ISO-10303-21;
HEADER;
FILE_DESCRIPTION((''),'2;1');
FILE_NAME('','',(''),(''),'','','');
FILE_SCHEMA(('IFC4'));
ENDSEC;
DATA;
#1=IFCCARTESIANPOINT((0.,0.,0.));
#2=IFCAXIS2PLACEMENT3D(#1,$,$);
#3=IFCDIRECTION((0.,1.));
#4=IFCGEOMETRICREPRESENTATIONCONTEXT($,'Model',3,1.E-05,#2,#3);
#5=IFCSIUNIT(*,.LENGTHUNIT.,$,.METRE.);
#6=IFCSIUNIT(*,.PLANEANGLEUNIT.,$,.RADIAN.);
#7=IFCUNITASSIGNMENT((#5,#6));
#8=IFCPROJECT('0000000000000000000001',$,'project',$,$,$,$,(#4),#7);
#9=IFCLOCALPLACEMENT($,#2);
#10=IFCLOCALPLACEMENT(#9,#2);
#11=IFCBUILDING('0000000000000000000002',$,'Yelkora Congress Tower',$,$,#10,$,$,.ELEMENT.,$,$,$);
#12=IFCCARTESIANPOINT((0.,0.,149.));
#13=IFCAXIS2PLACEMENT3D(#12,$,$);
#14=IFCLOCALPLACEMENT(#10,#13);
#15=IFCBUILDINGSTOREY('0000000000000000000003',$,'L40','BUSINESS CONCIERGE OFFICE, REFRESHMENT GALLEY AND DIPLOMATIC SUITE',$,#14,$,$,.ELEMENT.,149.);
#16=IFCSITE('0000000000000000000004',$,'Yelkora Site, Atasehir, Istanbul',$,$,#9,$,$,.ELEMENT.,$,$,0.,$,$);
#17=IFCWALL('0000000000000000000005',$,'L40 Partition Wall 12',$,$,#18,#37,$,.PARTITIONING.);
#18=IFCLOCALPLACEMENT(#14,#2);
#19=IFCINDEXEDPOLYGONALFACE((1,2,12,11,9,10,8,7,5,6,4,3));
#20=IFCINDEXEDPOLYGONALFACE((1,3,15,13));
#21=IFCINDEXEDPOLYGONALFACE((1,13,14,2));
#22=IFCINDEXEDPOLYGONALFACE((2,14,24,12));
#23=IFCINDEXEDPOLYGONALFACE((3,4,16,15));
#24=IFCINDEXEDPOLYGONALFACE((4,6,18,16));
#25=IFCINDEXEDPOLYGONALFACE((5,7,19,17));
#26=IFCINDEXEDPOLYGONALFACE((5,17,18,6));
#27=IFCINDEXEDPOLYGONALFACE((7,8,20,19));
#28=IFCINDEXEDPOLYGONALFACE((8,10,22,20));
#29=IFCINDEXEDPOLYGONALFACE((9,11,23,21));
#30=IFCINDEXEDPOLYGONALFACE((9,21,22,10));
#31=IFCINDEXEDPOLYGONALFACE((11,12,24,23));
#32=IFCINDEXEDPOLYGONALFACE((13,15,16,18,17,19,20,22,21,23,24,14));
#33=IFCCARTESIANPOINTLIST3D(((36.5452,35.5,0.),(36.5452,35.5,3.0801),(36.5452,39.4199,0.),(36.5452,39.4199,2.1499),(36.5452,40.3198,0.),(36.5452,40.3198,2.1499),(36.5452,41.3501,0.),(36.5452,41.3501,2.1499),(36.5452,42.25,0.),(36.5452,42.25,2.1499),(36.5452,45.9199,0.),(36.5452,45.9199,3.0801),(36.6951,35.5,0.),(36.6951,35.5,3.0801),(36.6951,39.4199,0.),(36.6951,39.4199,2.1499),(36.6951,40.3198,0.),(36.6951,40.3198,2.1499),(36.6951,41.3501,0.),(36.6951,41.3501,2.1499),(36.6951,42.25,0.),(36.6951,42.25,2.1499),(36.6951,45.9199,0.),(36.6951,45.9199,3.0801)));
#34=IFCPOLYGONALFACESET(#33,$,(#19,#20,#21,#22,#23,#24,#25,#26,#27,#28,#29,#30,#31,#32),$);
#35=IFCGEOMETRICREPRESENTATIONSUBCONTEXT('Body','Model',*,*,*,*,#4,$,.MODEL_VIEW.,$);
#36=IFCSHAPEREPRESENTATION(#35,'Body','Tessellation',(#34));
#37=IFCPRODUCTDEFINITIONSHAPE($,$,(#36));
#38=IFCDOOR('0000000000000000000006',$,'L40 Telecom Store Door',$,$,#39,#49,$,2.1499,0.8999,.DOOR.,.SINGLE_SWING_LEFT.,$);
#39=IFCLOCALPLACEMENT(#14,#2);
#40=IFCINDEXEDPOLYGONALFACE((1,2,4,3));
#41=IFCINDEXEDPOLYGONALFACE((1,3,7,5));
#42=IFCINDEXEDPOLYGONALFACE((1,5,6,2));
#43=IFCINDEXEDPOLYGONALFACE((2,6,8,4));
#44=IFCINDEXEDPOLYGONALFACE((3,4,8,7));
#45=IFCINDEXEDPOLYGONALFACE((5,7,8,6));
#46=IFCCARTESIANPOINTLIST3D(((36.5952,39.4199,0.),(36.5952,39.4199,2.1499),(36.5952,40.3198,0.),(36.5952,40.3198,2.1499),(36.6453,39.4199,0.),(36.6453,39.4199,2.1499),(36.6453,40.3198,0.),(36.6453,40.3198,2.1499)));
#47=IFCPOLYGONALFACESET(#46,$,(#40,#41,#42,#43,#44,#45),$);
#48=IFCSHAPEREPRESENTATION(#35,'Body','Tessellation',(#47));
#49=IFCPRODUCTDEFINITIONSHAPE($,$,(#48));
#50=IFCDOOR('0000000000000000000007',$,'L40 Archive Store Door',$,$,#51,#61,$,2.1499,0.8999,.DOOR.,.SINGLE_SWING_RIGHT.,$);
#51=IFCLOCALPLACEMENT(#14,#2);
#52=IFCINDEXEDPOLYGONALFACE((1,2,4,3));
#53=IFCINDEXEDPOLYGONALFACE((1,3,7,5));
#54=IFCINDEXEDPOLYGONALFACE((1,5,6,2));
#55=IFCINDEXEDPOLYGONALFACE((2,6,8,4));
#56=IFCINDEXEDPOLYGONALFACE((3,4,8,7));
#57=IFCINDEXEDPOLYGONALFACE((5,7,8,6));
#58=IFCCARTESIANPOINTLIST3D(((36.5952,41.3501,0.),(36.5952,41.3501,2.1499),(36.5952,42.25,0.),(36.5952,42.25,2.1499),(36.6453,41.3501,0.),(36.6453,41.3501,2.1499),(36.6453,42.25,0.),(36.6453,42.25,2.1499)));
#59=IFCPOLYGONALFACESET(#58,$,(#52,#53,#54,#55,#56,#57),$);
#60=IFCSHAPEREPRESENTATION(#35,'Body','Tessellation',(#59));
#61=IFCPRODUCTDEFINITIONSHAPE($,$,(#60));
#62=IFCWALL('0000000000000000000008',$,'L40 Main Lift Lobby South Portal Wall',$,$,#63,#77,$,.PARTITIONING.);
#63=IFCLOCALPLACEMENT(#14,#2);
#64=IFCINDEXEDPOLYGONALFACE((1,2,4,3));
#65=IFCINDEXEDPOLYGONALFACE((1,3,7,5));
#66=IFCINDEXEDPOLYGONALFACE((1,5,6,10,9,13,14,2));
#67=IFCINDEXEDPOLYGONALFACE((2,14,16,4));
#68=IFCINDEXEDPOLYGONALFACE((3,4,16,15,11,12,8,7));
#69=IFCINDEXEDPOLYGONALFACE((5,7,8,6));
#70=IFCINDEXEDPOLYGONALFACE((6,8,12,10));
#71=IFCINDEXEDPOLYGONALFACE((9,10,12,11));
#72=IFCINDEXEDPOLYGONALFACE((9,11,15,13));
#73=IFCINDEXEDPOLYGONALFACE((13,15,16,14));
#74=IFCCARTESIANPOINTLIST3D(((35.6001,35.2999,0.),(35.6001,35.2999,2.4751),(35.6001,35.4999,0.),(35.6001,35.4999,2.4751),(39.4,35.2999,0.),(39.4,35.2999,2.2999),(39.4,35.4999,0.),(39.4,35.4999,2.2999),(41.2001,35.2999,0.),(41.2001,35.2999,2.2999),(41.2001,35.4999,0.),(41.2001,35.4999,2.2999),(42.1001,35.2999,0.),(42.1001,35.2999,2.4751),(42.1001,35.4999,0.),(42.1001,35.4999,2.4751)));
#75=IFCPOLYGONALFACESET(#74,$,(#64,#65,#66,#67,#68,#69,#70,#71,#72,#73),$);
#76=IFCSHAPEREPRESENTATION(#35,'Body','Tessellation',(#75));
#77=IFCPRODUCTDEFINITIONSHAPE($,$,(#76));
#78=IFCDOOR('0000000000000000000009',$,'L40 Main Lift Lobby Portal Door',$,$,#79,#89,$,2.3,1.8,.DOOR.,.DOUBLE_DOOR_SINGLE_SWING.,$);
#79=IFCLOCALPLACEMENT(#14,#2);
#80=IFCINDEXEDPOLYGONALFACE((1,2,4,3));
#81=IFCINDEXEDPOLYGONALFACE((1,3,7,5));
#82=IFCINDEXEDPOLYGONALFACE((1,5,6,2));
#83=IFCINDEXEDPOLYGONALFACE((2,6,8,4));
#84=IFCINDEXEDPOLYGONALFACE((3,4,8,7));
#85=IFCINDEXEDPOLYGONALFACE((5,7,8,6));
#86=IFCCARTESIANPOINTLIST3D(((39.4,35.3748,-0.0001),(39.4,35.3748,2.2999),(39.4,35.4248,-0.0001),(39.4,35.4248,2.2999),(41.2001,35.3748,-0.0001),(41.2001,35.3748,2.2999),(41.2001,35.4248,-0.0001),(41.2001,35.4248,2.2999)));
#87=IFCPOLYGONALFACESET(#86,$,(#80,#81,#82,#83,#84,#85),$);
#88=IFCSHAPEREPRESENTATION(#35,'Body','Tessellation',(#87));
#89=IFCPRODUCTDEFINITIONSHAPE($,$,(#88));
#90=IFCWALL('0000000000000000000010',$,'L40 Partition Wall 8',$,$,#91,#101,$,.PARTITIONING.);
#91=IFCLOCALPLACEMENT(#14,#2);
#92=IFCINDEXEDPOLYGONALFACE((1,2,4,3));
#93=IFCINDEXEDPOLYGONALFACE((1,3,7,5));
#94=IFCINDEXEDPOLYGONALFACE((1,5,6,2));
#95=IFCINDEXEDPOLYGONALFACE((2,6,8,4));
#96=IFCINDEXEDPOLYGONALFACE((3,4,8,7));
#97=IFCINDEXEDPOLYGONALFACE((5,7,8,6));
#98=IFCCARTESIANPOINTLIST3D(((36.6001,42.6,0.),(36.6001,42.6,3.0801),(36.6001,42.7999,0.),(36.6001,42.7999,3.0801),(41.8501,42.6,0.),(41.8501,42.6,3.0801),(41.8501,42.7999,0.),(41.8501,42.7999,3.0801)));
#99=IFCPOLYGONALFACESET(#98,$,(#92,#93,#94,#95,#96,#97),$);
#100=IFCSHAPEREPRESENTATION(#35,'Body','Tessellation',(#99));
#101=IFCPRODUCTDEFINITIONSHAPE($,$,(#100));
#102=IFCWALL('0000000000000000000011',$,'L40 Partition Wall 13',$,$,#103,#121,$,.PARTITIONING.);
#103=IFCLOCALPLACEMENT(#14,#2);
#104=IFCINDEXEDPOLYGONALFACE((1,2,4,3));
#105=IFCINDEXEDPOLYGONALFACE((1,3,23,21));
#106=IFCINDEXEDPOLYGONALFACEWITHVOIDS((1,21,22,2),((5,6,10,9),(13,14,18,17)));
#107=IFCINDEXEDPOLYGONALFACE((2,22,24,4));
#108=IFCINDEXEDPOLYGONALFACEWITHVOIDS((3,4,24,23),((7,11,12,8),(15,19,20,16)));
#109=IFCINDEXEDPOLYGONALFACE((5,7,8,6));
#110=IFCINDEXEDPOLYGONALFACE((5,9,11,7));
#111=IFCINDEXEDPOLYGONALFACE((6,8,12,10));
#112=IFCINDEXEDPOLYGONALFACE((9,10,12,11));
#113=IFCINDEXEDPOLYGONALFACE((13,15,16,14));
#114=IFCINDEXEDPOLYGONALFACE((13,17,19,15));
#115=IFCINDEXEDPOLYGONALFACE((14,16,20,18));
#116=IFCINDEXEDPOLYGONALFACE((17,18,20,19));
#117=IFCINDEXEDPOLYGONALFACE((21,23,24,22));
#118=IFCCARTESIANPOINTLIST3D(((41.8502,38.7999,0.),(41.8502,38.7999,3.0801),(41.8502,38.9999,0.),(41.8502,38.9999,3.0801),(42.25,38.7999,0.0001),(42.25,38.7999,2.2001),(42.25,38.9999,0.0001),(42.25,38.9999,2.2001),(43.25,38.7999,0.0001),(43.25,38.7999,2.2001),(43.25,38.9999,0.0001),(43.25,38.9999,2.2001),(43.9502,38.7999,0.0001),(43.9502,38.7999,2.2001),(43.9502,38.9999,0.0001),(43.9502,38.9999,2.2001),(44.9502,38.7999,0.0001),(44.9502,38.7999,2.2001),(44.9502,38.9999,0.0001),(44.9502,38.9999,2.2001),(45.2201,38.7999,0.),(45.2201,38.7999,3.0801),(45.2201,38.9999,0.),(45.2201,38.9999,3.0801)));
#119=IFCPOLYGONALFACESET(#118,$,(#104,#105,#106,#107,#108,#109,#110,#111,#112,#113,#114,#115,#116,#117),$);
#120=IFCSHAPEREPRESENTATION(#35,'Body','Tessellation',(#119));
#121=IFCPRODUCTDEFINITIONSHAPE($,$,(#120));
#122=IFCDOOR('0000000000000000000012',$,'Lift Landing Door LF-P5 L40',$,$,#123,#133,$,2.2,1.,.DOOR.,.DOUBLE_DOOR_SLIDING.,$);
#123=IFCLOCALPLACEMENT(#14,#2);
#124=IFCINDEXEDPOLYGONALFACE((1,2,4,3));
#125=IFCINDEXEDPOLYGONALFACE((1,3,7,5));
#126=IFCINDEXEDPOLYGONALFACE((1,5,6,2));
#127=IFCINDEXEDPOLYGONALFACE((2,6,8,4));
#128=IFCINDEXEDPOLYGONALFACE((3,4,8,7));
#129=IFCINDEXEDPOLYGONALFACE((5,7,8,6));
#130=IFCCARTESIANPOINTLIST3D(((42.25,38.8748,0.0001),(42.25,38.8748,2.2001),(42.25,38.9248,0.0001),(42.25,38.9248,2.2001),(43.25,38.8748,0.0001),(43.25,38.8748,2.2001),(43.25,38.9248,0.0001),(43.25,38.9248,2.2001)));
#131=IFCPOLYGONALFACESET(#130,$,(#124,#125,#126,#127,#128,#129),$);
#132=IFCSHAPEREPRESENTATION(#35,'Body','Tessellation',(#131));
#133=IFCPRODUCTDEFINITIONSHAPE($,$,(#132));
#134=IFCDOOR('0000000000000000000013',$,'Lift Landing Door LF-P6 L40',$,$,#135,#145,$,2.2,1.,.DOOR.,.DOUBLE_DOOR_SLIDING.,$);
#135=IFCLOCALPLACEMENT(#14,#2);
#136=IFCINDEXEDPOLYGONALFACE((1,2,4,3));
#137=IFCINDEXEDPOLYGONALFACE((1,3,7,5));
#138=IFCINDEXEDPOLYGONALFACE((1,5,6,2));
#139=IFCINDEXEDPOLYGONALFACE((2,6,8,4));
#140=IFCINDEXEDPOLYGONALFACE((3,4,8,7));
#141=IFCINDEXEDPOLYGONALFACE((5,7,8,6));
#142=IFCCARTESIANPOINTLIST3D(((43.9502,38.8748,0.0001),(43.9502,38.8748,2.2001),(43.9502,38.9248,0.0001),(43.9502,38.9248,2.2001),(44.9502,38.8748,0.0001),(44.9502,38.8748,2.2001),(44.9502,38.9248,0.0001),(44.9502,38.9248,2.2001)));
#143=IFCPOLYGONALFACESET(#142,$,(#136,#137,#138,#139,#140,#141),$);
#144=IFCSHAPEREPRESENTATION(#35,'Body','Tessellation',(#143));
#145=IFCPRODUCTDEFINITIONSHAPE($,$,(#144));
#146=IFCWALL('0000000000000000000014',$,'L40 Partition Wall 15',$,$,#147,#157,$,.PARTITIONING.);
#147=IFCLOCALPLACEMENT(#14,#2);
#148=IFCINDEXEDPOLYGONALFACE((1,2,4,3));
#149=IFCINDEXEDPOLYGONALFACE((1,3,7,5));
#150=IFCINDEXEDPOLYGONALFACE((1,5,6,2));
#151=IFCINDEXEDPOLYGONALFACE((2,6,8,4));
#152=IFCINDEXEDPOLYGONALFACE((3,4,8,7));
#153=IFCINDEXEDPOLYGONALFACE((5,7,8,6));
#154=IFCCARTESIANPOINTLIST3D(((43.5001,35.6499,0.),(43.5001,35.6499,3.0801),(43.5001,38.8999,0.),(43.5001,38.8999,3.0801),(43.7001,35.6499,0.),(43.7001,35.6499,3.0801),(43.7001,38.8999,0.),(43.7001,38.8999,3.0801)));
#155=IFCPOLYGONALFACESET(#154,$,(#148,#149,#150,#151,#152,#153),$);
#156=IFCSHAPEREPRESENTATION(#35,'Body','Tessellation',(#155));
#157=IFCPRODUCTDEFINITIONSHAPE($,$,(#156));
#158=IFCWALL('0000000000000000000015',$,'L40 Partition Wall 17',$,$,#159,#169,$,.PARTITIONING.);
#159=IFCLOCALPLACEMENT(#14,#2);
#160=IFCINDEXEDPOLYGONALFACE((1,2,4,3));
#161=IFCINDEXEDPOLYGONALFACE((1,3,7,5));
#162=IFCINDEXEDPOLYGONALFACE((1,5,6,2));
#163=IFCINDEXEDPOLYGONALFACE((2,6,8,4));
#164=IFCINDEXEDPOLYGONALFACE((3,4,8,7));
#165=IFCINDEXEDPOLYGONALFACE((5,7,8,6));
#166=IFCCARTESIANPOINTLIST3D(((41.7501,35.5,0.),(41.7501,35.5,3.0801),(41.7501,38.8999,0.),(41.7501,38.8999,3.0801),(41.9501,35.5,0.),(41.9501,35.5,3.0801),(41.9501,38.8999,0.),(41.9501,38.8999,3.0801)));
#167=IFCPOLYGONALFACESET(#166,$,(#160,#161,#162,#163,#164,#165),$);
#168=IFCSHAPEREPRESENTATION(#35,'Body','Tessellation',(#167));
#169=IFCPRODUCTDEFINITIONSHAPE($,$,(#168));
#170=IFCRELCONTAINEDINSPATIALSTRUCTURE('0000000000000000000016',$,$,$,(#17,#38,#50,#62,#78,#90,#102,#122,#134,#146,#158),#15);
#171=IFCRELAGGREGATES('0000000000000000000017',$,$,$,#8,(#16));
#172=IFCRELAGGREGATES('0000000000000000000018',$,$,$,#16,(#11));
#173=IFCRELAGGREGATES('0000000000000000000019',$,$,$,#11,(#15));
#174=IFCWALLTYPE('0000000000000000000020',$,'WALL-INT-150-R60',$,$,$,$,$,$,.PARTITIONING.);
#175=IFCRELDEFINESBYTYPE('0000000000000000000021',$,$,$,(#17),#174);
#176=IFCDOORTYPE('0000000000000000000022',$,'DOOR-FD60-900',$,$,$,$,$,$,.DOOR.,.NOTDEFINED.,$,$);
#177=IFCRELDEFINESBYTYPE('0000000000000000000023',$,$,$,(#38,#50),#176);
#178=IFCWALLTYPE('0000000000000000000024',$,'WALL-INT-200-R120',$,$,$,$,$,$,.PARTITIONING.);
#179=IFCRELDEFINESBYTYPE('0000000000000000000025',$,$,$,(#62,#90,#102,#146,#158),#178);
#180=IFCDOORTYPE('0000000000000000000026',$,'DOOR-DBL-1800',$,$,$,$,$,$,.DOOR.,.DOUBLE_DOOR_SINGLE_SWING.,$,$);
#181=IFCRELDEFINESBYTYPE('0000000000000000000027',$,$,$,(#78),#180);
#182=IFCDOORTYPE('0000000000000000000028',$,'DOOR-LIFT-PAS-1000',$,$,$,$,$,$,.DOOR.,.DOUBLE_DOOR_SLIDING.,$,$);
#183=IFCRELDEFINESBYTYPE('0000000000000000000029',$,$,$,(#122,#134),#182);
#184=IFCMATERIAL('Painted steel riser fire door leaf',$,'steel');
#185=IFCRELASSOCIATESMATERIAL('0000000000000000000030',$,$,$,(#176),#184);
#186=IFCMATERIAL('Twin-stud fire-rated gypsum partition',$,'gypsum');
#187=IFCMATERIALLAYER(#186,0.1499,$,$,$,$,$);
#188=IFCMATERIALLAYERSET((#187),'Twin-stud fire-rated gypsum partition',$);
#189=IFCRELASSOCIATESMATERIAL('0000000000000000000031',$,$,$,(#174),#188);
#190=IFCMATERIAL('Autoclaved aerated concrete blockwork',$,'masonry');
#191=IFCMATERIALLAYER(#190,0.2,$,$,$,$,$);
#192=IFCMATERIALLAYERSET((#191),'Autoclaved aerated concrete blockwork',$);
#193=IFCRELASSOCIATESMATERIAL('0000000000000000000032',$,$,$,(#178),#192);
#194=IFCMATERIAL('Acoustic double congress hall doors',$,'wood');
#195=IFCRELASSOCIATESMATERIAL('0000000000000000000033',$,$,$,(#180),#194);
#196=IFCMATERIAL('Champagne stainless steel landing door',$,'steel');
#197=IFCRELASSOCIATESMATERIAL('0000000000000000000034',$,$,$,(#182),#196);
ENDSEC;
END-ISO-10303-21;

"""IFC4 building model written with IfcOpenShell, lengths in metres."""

from ifc_helpers import new_model, si_unit, direction, frame, frame_2d, origin, place, context, subcontext, project, spatial, rectangle, extrude, material, layer, layer_set, type_object, element, fill, save


model = new_model("IFC4")

# Units and contexts
model_context = context("Model", 3, precision=1e-05, world=origin(), true_north=direction((0.0, 1.0)))
body_context = subcontext(model_context, "Body", "Model", "MODEL_VIEW")
ifc_project = project(units=[si_unit("LENGTHUNIT", "METRE"), si_unit("PLANEANGLEUNIT", "RADIAN")], contexts=[model_context])

# Site, building, storey
site_placement = place(None, origin())
site = spatial("IfcSite", under=ifc_project, at=site_placement, Name="Yelkora Site, Atasehir, Istanbul", CompositionType="ELEMENT", RefElevation=0.0)
building_placement = place(site_placement, origin())
building = spatial("IfcBuilding", under=site, at=building_placement, Name="Yelkora Congress Tower", CompositionType="ELEMENT")
storey_placement = place(building_placement, frame((0.0, 0.0, 149.0)))
storey = spatial("IfcBuildingStorey", under=building, at=storey_placement, Name="L40", Description="BUSINESS CONCIERGE OFFICE, REFRESHMENT GALLEY AND DIPLOMATIC SUITE", CompositionType="ELEMENT", Elevation=149.0)

# Shared definitions
ifc_material_1 = material(Name="Painted steel riser fire door leaf", Category="steel")
door_type_1 = type_object("IfcDoorType", Name="DOOR-FD60-900", OperationType="NOTDEFINED", PredefinedType="DOOR", material=ifc_material_1)

# Shared definitions
ifc_material_2 = material(Name="Twin-stud fire-rated gypsum partition", Category="gypsum")
ifc_layer_1 = layer(ifc_material_2, 0.1499)
ifc_layer_set_1 = layer_set([ifc_layer_1], Name="Twin-stud fire-rated gypsum partition")
wall_type_1 = type_object("IfcWallType", Name="WALL-INT-150-R60", PredefinedType="PARTITIONING", material=ifc_layer_set_1)

# Wall, openings, doors
wall_1_placement = place(storey_placement, frame((36.6201, 35.5, 0.0), z_axis=(0.0, 0.0, 1.0), x_axis=(0.0, 1.0, 0.0)))
wall_1 = element("IfcWall", 1, at=wall_1_placement, inside=storey, type_object=wall_type_1, Name="L40 Partition Wall 12", PredefinedType="PARTITIONING", context=body_context, shape_type="SweptSolid", body=[
    extrude(rectangle(XDim=10.4199, YDim=0.1499, at=frame_2d((5.21, 0.0))), origin(), (0.0, 0.0, 1.0), 3.0801),
])
opening_1_placement = place(wall_1_placement, frame((3.9199, 0.0, 0.0)))
opening_1 = element("IfcOpeningElement", 2, at=opening_1_placement, cuts=wall_1, PredefinedType="OPENING", context=body_context, shape_type="SweptSolid", body=[
    extrude(rectangle(XDim=0.8999, YDim=2.1499, at=frame_2d((0.45, 1.075))), frame((0.0, 0.085, 0.0), z_axis=(0.0, -1.0, 0.0), x_axis=(1.0, 0.0, 0.0)), (0.0, 0.0, 1.0), 0.1699),
])
opening_2_placement = place(wall_1_placement, frame((5.8501, 0.0, 0.0)))
opening_2 = element("IfcOpeningElement", 3, at=opening_2_placement, cuts=wall_1, PredefinedType="OPENING", context=body_context, shape_type="SweptSolid", body=[
    extrude(rectangle(XDim=0.8999, YDim=2.1499, at=frame_2d((0.45, 1.075))), frame((0.0, 0.085, 0.0), z_axis=(0.0, -1.0, 0.0), x_axis=(1.0, 0.0, 0.0)), (0.0, 0.0, 1.0), 0.1699),
])
door_1_placement = place(opening_1_placement, origin())
door_1 = element("IfcDoor", 4, at=door_1_placement, inside=storey, type_object=door_type_1, Name="L40 Telecom Store Door", OperationType="SINGLE_SWING_LEFT", OverallHeight=2.1499, OverallWidth=0.8999, PredefinedType="DOOR", context=body_context, shape_type="SweptSolid", body=[
    extrude(rectangle(XDim=0.8999, YDim=2.1499, at=frame_2d((0.45, 1.075))), frame((0.0, 0.0249, 0.0), z_axis=(0.0, -1.0, 0.0), x_axis=(1.0, 0.0, 0.0)), (0.0, 0.0, 1.0), 0.05),
])
fill(opening_1, door_1)
door_2_placement = place(opening_2_placement, origin())
door_2 = element("IfcDoor", 5, at=door_2_placement, inside=storey, type_object=door_type_1, Name="L40 Archive Store Door", OperationType="SINGLE_SWING_RIGHT", OverallHeight=2.1499, OverallWidth=0.8999, PredefinedType="DOOR", context=body_context, shape_type="SweptSolid", body=[
    extrude(rectangle(XDim=0.8999, YDim=2.1499, at=frame_2d((0.45, 1.075))), frame((0.0, 0.0249, 0.0), z_axis=(0.0, -1.0, 0.0), x_axis=(1.0, 0.0, 0.0)), (0.0, 0.0, 1.0), 0.05),
])
fill(opening_2, door_2)

# Wall, opening, door
ifc_material_3 = material(Name="Autoclaved aerated concrete blockwork", Category="masonry")
ifc_layer_2 = layer(ifc_material_3, 0.2)
ifc_layer_set_2 = layer_set([ifc_layer_2], Name="Autoclaved aerated concrete blockwork")
wall_type_2 = type_object("IfcWallType", Name="WALL-INT-200-R120", PredefinedType="PARTITIONING", material=ifc_layer_set_2)
wall_2_placement = place(storey_placement, frame((35.6001, 35.3999, 0.0), z_axis=(0.0, 0.0, 1.0), x_axis=(1.0, 0.0, 0.0)))
wall_2 = element("IfcWall", 6, at=wall_2_placement, inside=storey, type_object=wall_type_2, Name="L40 Main Lift Lobby South Portal Wall", PredefinedType="PARTITIONING", context=body_context, shape_type="SweptSolid", body=[
    extrude(rectangle(XDim=6.5, YDim=0.2, at=frame_2d((3.25, 0.0))), origin(), (0.0, 0.0, 1.0), 2.4751),
])
opening_3_placement = place(wall_2_placement, frame((3.8, 0.0, 0.0)))
opening_3 = element("IfcOpeningElement", 7, at=opening_3_placement, cuts=wall_2, PredefinedType="OPENING", context=body_context, shape_type="SweptSolid", body=[
    extrude(rectangle(XDim=1.8, YDim=2.3, at=frame_2d((0.8999, 1.1499))), frame((0.0, 0.1099, 0.0), z_axis=(0.0, -1.0, 0.0), x_axis=(1.0, 0.0, 0.0)), (0.0, 0.0, 1.0), 0.22),
])
ifc_material_4 = material(Name="Acoustic double congress hall doors", Category="wood")
door_type_2 = type_object("IfcDoorType", Name="DOOR-DBL-1800", OperationType="DOUBLE_DOOR_SINGLE_SWING", PredefinedType="DOOR", material=ifc_material_4)
door_3_placement = place(opening_3_placement, origin())
door_3 = element("IfcDoor", 8, at=door_3_placement, inside=storey, type_object=door_type_2, Name="L40 Main Lift Lobby Portal Door", OperationType="DOUBLE_DOOR_SINGLE_SWING", OverallHeight=2.3, OverallWidth=1.8, PredefinedType="DOOR", context=body_context, shape_type="SweptSolid", body=[
    extrude(rectangle(XDim=1.8, YDim=2.3, at=frame_2d((0.8999, 1.1499))), frame((0.0, 0.0249, 0.0), z_axis=(0.0, -1.0, 0.0), x_axis=(1.0, 0.0, 0.0)), (0.0, 0.0, 1.0), 0.05),
])
fill(opening_3, door_3)

# Wall
wall_3_placement = place(storey_placement, frame((36.6001, 42.7, 0.0), z_axis=(0.0, 0.0, 1.0), x_axis=(1.0, 0.0, 0.0)))
element("IfcWall", 9, at=wall_3_placement, inside=storey, type_object=wall_type_2, Name="L40 Partition Wall 8", PredefinedType="PARTITIONING", context=body_context, shape_type="SweptSolid", body=[
    extrude(rectangle(XDim=5.25, YDim=0.2, at=frame_2d((2.625, 0.0))), origin(), (0.0, 0.0, 1.0), 3.0801),
])

# Wall, openings, doors
wall_4_placement = place(storey_placement, frame((41.8501, 38.8999, 0.0), z_axis=(0.0, 0.0, 1.0), x_axis=(1.0, 0.0, 0.0)))
wall_4 = element("IfcWall", 10, at=wall_4_placement, inside=storey, type_object=wall_type_2, Name="L40 Partition Wall 13", PredefinedType="PARTITIONING", context=body_context, shape_type="SweptSolid", body=[
    extrude(rectangle(XDim=3.3699, YDim=0.2, at=frame_2d((1.6851, 0.0))), origin(), (0.0, 0.0, 1.0), 3.0801),
])
opening_4_placement = place(wall_4_placement, frame((0.3999, 0.0, 0.0)))
opening_4 = element("IfcOpeningElement", 11, at=opening_4_placement, cuts=wall_4, PredefinedType="OPENING", context=body_context, shape_type="SweptSolid", body=[
    extrude(rectangle(XDim=1.0, YDim=2.2, at=frame_2d((0.5, 1.1001))), frame((0.0, 0.1099, 0.0), z_axis=(0.0, -1.0, 0.0), x_axis=(1.0, 0.0, 0.0)), (0.0, 0.0, 1.0), 0.22),
])
opening_5_placement = place(wall_4_placement, frame((2.1001, 0.0, 0.0)))
opening_5 = element("IfcOpeningElement", 12, at=opening_5_placement, cuts=wall_4, PredefinedType="OPENING", context=body_context, shape_type="SweptSolid", body=[
    extrude(rectangle(XDim=1.0, YDim=2.2, at=frame_2d((0.5, 1.1001))), frame((0.0, 0.1099, 0.0), z_axis=(0.0, -1.0, 0.0), x_axis=(1.0, 0.0, 0.0)), (0.0, 0.0, 1.0), 0.22),
])
ifc_material_5 = material(Name="Champagne stainless steel landing door", Category="steel")
door_type_3 = type_object("IfcDoorType", Name="DOOR-LIFT-PAS-1000", OperationType="DOUBLE_DOOR_SLIDING", PredefinedType="DOOR", material=ifc_material_5)
door_4_placement = place(opening_4_placement, origin())
door_4 = element("IfcDoor", 13, at=door_4_placement, inside=storey, type_object=door_type_3, Name="Lift Landing Door LF-P5 L40", OperationType="DOUBLE_DOOR_SLIDING", OverallHeight=2.2, OverallWidth=1.0, PredefinedType="DOOR", context=body_context, shape_type="SweptSolid", body=[
    extrude(rectangle(XDim=1.0, YDim=2.2, at=frame_2d((0.5, 1.1001))), frame((0.0, 0.0249, 0.0), z_axis=(0.0, -1.0, 0.0), x_axis=(1.0, 0.0, 0.0)), (0.0, 0.0, 1.0), 0.05),
])
fill(opening_4, door_4)
door_5_placement = place(opening_5_placement, origin())
door_5 = element("IfcDoor", 14, at=door_5_placement, inside=storey, type_object=door_type_3, Name="Lift Landing Door LF-P6 L40", OperationType="DOUBLE_DOOR_SLIDING", OverallHeight=2.2, OverallWidth=1.0, PredefinedType="DOOR", context=body_context, shape_type="SweptSolid", body=[
    extrude(rectangle(XDim=1.0, YDim=2.2, at=frame_2d((0.5, 1.1001))), frame((0.0, 0.0249, 0.0), z_axis=(0.0, -1.0, 0.0), x_axis=(1.0, 0.0, 0.0)), (0.0, 0.0, 1.0), 0.05),
])
fill(opening_5, door_5)

# Walls
wall_5_placement = place(storey_placement, frame((43.6001, 35.6499, 0.0), z_axis=(0.0, 0.0, 1.0), x_axis=(0.0, 1.0, 0.0)))
element("IfcWall", 15, at=wall_5_placement, inside=storey, type_object=wall_type_2, Name="L40 Partition Wall 15", PredefinedType="PARTITIONING", context=body_context, shape_type="SweptSolid", body=[
    extrude(rectangle(XDim=3.25, YDim=0.2, at=frame_2d((1.625, 0.0))), origin(), (0.0, 0.0, 1.0), 3.0801),
])
wall_6_placement = place(storey_placement, frame((41.8501, 35.5, 0.0), z_axis=(0.0, 0.0, 1.0), x_axis=(0.0, 1.0, 0.0)))
element("IfcWall", 16, at=wall_6_placement, inside=storey, type_object=wall_type_2, Name="L40 Partition Wall 17", PredefinedType="PARTITIONING", context=body_context, shape_type="SweptSolid", body=[
    extrude(rectangle(XDim=3.3999, YDim=0.2, at=frame_2d((1.7, 0.0))), origin(), (0.0, 0.0, 1.0), 3.0801),
])

save(model, "model.ifc")
